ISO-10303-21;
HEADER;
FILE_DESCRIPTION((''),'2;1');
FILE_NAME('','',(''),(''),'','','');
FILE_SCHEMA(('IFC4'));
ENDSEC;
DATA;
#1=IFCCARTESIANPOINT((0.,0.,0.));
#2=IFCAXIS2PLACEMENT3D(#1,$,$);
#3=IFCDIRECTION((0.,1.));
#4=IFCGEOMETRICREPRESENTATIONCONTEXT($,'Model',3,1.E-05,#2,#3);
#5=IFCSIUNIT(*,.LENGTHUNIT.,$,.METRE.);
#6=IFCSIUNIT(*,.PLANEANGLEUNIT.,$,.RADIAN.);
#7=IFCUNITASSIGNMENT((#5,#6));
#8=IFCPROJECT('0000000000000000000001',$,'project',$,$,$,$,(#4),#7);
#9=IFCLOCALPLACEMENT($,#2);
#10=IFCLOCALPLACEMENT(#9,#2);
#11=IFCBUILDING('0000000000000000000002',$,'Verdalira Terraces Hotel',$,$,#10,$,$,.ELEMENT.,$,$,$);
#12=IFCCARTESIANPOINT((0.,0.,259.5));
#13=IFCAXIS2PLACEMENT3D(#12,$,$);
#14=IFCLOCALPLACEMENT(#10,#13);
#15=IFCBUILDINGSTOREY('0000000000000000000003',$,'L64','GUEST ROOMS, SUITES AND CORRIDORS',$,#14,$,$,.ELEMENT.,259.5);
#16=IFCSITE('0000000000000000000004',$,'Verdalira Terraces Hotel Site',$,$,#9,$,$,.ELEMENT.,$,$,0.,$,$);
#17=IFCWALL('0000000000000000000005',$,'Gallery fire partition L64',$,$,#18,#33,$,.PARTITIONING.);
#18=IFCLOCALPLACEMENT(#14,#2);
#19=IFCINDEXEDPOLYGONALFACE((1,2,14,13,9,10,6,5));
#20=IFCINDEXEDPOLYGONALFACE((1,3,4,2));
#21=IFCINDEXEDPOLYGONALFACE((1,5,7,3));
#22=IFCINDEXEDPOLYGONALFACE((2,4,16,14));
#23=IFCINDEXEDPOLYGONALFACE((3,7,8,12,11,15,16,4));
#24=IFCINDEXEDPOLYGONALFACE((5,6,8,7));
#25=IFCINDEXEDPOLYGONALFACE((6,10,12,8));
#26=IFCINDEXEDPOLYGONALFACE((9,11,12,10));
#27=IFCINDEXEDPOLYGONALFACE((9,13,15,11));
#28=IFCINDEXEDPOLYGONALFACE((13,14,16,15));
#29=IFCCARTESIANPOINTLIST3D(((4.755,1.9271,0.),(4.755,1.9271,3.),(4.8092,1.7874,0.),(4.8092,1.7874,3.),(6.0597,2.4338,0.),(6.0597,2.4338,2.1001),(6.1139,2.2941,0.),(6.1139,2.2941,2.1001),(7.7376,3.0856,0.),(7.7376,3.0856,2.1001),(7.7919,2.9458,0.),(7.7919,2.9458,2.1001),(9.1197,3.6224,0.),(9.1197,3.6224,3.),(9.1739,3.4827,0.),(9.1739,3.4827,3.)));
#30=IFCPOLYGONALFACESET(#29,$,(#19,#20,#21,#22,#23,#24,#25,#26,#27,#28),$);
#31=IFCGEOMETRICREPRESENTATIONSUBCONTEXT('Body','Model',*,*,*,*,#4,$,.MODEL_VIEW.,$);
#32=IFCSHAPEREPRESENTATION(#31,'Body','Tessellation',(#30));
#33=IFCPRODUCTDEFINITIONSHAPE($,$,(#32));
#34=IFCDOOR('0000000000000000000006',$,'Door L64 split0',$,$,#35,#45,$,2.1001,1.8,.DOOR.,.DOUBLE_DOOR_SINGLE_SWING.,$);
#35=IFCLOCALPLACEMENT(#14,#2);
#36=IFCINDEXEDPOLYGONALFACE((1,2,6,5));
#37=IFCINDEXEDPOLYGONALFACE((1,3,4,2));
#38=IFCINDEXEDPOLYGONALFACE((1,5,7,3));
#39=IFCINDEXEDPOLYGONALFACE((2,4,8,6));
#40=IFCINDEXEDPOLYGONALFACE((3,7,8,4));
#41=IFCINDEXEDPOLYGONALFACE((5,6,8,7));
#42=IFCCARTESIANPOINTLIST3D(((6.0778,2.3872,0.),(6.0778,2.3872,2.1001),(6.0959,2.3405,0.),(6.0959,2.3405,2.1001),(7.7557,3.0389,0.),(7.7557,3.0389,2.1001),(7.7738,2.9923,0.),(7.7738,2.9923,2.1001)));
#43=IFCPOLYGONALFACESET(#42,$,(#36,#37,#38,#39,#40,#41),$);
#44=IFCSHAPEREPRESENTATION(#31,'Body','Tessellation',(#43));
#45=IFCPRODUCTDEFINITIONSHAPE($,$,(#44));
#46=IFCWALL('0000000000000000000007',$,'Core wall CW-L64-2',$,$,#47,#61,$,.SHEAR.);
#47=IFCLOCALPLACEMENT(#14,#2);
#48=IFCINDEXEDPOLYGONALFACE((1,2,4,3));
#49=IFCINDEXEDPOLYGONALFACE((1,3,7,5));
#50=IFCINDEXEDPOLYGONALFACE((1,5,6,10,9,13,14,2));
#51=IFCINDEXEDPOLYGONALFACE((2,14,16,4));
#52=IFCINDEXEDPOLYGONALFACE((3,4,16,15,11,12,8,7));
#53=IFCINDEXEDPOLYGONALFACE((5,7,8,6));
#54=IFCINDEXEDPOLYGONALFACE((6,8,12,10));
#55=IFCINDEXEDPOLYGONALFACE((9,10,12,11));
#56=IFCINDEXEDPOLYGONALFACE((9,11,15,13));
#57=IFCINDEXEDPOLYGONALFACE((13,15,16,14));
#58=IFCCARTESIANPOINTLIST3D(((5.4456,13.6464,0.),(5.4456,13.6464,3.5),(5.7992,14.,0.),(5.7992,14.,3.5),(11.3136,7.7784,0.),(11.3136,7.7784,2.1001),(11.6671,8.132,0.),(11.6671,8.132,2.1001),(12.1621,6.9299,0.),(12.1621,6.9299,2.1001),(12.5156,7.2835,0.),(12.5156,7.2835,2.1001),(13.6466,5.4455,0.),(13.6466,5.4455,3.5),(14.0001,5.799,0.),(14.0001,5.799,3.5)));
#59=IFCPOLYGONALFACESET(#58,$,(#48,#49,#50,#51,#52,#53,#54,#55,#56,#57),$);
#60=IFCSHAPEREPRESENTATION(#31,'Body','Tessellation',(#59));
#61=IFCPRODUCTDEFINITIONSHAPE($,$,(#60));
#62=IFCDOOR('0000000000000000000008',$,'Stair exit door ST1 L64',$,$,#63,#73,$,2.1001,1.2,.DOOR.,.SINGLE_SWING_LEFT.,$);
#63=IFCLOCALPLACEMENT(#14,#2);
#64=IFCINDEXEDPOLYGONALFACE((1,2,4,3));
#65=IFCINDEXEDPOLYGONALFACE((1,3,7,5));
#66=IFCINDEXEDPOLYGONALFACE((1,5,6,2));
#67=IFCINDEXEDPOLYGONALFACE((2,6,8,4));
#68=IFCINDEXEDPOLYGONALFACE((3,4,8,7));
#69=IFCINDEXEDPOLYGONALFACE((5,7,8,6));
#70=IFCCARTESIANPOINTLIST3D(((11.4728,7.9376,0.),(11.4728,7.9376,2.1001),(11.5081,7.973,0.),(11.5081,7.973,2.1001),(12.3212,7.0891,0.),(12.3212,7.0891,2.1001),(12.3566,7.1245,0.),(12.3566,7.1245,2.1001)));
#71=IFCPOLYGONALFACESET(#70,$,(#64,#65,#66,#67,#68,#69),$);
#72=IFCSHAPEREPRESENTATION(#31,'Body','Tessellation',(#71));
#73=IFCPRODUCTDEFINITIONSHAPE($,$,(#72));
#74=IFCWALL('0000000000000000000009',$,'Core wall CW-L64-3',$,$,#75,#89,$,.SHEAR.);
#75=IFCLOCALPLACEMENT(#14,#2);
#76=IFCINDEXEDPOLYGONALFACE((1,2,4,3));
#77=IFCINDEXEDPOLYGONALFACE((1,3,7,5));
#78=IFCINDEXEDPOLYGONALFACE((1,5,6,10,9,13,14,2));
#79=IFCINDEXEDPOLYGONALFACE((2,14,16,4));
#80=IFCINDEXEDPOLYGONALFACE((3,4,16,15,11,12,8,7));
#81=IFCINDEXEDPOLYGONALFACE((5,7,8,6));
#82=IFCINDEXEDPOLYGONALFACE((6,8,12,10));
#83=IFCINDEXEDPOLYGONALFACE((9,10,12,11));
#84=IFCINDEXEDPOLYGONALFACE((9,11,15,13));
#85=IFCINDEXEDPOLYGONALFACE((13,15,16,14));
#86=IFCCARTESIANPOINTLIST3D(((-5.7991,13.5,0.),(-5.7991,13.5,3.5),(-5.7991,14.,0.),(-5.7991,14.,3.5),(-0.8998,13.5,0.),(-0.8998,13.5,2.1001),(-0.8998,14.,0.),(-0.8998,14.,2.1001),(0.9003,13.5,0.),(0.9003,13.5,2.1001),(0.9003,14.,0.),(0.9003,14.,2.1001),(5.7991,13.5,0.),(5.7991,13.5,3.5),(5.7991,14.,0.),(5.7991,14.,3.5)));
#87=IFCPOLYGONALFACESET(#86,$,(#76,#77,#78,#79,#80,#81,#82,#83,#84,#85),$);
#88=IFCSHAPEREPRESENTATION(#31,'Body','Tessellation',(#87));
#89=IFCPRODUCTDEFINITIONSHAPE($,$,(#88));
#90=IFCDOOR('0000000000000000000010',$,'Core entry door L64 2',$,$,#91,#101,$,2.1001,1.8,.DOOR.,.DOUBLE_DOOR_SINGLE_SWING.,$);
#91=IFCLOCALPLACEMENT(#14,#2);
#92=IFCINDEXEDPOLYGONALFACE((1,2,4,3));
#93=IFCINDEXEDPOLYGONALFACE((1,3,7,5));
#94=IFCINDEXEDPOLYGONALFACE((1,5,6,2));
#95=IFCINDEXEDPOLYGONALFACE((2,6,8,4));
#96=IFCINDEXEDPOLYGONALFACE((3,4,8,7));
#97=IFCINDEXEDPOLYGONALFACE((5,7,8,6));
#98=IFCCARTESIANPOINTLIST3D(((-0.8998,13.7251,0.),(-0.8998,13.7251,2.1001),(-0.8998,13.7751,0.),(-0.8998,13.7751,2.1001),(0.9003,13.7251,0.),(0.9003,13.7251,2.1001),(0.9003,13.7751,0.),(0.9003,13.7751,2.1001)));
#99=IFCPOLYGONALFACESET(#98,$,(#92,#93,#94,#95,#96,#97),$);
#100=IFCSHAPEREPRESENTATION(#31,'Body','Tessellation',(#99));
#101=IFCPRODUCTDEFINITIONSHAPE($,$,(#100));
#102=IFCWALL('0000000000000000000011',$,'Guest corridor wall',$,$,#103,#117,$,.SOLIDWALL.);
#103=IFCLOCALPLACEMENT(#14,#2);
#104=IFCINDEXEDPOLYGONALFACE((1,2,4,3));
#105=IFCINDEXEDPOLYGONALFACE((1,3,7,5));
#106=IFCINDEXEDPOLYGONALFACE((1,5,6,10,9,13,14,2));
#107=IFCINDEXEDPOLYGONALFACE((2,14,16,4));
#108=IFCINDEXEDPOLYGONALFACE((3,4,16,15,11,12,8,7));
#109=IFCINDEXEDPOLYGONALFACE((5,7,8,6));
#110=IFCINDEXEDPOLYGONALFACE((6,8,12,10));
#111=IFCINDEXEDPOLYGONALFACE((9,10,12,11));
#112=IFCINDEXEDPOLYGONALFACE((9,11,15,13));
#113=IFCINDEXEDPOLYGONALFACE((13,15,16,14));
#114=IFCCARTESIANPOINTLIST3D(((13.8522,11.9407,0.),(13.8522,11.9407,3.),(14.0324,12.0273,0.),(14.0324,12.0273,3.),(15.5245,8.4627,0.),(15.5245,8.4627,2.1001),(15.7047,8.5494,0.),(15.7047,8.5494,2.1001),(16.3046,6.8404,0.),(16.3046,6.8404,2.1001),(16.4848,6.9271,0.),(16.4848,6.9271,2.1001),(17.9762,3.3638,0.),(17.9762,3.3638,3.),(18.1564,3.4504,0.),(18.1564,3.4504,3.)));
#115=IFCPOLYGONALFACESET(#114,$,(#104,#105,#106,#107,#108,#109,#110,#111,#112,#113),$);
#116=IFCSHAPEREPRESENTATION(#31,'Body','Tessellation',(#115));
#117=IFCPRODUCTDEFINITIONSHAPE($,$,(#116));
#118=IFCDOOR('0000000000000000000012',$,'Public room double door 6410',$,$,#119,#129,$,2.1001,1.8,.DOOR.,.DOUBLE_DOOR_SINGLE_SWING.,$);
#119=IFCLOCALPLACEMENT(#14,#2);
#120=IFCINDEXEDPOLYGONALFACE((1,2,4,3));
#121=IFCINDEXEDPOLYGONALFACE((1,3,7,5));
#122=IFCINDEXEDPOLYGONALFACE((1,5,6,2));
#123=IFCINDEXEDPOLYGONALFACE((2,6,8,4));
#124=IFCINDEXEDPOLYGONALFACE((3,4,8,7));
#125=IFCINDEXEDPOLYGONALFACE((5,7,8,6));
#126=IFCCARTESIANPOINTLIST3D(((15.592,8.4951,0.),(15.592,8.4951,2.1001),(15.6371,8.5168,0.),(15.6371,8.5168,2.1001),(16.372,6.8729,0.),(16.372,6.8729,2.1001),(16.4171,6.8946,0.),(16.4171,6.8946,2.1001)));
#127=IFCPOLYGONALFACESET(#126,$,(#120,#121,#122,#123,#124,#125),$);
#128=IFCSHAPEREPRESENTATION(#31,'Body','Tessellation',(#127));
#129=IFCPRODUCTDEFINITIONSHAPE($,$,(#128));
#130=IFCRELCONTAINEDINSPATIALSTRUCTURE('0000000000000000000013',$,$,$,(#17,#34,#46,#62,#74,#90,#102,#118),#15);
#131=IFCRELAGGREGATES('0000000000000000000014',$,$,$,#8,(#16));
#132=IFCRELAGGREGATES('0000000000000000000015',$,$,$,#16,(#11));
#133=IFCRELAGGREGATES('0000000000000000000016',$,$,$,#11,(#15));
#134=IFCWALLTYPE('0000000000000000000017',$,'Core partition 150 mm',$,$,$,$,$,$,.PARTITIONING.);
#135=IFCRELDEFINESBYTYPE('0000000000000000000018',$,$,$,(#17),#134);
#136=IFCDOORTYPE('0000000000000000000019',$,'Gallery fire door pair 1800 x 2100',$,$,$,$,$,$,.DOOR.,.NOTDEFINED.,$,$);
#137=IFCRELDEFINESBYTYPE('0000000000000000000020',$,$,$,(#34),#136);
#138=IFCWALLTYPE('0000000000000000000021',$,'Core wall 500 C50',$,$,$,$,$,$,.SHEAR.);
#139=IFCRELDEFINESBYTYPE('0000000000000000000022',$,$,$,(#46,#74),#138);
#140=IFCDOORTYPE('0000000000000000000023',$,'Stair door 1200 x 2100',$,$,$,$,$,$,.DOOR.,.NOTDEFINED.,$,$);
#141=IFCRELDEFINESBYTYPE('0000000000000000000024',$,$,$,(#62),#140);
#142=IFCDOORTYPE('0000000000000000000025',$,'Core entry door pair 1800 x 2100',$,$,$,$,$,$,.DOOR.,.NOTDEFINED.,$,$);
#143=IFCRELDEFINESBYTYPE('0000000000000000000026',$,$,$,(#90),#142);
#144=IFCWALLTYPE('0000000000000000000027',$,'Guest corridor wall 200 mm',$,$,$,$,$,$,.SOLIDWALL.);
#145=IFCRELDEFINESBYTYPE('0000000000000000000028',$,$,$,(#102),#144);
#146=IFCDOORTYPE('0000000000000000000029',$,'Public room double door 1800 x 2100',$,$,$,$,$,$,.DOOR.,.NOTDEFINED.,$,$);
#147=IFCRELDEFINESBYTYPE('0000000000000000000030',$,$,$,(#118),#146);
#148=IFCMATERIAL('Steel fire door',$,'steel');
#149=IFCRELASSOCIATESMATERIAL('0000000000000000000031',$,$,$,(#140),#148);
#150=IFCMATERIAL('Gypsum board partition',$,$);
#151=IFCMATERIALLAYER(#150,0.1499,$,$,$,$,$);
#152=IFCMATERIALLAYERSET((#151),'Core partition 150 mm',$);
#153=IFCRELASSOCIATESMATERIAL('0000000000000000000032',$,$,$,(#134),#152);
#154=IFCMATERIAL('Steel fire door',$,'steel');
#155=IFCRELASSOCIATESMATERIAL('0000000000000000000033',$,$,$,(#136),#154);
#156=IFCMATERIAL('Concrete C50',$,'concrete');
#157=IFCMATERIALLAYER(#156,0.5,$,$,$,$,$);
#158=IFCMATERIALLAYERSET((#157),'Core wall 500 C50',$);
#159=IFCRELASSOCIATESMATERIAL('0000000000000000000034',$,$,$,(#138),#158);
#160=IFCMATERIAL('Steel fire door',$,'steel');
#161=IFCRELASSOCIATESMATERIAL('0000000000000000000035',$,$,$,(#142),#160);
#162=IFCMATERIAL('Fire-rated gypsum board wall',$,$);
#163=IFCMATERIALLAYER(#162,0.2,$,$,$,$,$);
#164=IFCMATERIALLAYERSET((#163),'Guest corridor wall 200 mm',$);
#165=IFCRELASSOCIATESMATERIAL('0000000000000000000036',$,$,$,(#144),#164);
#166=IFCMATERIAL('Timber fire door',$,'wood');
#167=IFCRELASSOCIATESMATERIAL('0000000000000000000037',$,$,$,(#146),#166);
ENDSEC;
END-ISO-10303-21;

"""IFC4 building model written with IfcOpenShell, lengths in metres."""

from ifc_helpers import new_model, si_unit, direction, frame, frame_2d, origin, place, context, subcontext, project, spatial, rectangle, extrude, material, layer, layer_set, type_object, element, fill, save


model = new_model("IFC4")

# Units and contexts
model_context = context("Model", 3, precision=1e-05, world=origin(), true_north=direction((0.0, 1.0)))
body_context = subcontext(model_context, "Body", "Model", "MODEL_VIEW")
ifc_project = project(units=[si_unit("LENGTHUNIT", "METRE"), si_unit("PLANEANGLEUNIT", "RADIAN")], contexts=[model_context])

# Site, building, storey
site_placement = place(None, origin())
site = spatial("IfcSite", under=ifc_project, at=site_placement, Name="Verdalira Terraces Hotel Site", CompositionType="ELEMENT", RefElevation=0.0)
building_placement = place(site_placement, origin())
building = spatial("IfcBuilding", under=site, at=building_placement, Name="Verdalira Terraces Hotel", CompositionType="ELEMENT")
storey_placement = place(building_placement, frame((0.0, 0.0, 259.5)))
storey = spatial("IfcBuildingStorey", under=building, at=storey_placement, Name="L64", Description="GUEST ROOMS, SUITES AND CORRIDORS", CompositionType="ELEMENT", Elevation=259.5)

# Shared definitions
ifc_material_1 = material(Name="Steel fire door", Category="steel")
door_type_1 = type_object("IfcDoorType", Name="Stair door 1200 x 2100", OperationType="NOTDEFINED", PredefinedType="DOOR", material=ifc_material_1)

# Walls, openings, doors
ifc_material_2 = material(Name="Gypsum board partition")
ifc_layer_1 = layer(ifc_material_2, 0.1499)
ifc_layer_set_1 = layer_set([ifc_layer_1], Name="Core partition 150 mm")
wall_type_1 = type_object("IfcWallType", Name="Core partition 150 mm", PredefinedType="PARTITIONING", material=ifc_layer_set_1)
wall_1_placement = place(storey_placement, frame((4.782, 1.8572, 0.0), z_axis=(0.0, 0.0, 1.0), x_axis=(0.932155, 0.362059, 0.0)))
wall_1 = element("IfcWall", 1, at=wall_1_placement, inside=storey, type_object=wall_type_1, Name="Gallery fire partition L64", PredefinedType="PARTITIONING", context=body_context, shape_type="SweptSolid", body=[
    extrude(rectangle(XDim=4.6824, YDim=0.1499, at=frame_2d((2.3413, 0.0))), origin(), (0.0, 0.0, 1.0), 3.0),
])
opening_1_placement = place(wall_1_placement, frame((1.3999, 0.0, 0.0)))
opening_1 = element("IfcOpeningElement", 2, at=opening_1_placement, cuts=wall_1, PredefinedType="OPENING", context=body_context, shape_type="SweptSolid", body=[
    extrude(rectangle(XDim=1.8, YDim=2.1001, at=frame_2d((0.8999, 1.05))), frame((0.0, 0.085, 0.0), z_axis=(0.0, -1.0, 0.0), x_axis=(1.0, 0.0, 0.0)), (0.0, 0.0, 1.0), 0.1699),
])
ifc_material_3 = material(Name="Steel fire door", Category="steel")
door_type_2 = type_object("IfcDoorType", Name="Gallery fire door pair 1800 x 2100", OperationType="NOTDEFINED", PredefinedType="DOOR", material=ifc_material_3)
door_1_placement = place(opening_1_placement, origin())
door_1 = element("IfcDoor", 3, at=door_1_placement, inside=storey, type_object=door_type_2, Name="Door L64 split0", OperationType="DOUBLE_DOOR_SINGLE_SWING", OverallHeight=2.1001, OverallWidth=1.8, PredefinedType="DOOR", context=body_context, shape_type="SweptSolid", body=[
    extrude(rectangle(XDim=1.8, YDim=2.1001, at=frame_2d((0.8999, 1.05))), frame((0.0, 0.0249, 0.0), z_axis=(0.0, -1.0, 0.0), x_axis=(1.0, 0.0, 0.0)), (0.0, 0.0, 1.0), 0.05),
])
fill(opening_1, door_1)
ifc_material_4 = material(Name="Concrete C50", Category="concrete")
ifc_layer_2 = layer(ifc_material_4, 0.5)
ifc_layer_set_2 = layer_set([ifc_layer_2], Name="Core wall 500 C50")
wall_type_2 = type_object("IfcWallType", Name="Core wall 500 C50", PredefinedType="SHEAR", material=ifc_layer_set_2)
wall_2_placement = place(storey_placement, frame((13.8232, 5.6223, 0.0), z_axis=(0.0, 0.0, 1.0), x_axis=(-0.707107, 0.707107, 0.0)))
wall_2 = element("IfcWall", 4, at=wall_2_placement, inside=storey, type_object=wall_type_2, Name="Core wall CW-L64-2", PredefinedType="SHEAR", context=body_context, shape_type="SweptSolid", body=[
    extrude(rectangle(XDim=11.5979, YDim=0.5, at=frame_2d((5.7988, 0.0))), origin(), (0.0, 0.0, 1.0), 3.5),
])
opening_2_placement = place(wall_2_placement, frame((2.0991, 0.0, 0.0)))
opening_2 = element("IfcOpeningElement", 5, at=opening_2_placement, cuts=wall_2, PredefinedType="OPENING", context=body_context, shape_type="SweptSolid", body=[
    extrude(rectangle(XDim=1.2, YDim=2.1001, at=frame_2d((0.6001, 1.05))), frame((0.0, 0.26, 0.0), z_axis=(0.0, -1.0, 0.0), x_axis=(1.0, 0.0, 0.0)), (0.0, 0.0, 1.0), 0.52),
])
door_2_placement = place(opening_2_placement, origin())
door_2 = element("IfcDoor", 6, at=door_2_placement, inside=storey, type_object=door_type_1, Name="Stair exit door ST1 L64", OperationType="SINGLE_SWING_LEFT", OverallHeight=2.1001, OverallWidth=1.2, PredefinedType="DOOR", context=body_context, shape_type="SweptSolid", body=[
    extrude(rectangle(XDim=1.2, YDim=2.1001, at=frame_2d((0.6001, 1.05))), frame((0.0, 0.0249, 0.0), z_axis=(0.0, -1.0, 0.0), x_axis=(1.0, 0.0, 0.0)), (0.0, 0.0, 1.0), 0.05),
])
fill(opening_2, door_2)
wall_3_placement = place(storey_placement, frame((5.7991, 13.75, 0.0), z_axis=(0.0, 0.0, 1.0), x_axis=(-1.0, 0.0, 0.0)))
wall_3 = element("IfcWall", 7, at=wall_3_placement, inside=storey, type_object=wall_type_2, Name="Core wall CW-L64-3", PredefinedType="SHEAR", context=body_context, shape_type="SweptSolid", body=[
    extrude(rectangle(XDim=11.5981, YDim=0.5, at=frame_2d((5.7991, 0.0))), origin(), (0.0, 0.0, 1.0), 3.5),
])
opening_3_placement = place(wall_3_placement, frame((4.8989, 0.0, 0.0)))
opening_3 = element("IfcOpeningElement", 8, at=opening_3_placement, cuts=wall_3, PredefinedType="OPENING", context=body_context, shape_type="SweptSolid", body=[
    extrude(rectangle(XDim=1.8, YDim=2.1001, at=frame_2d((0.8999, 1.05))), frame((0.0, 0.26, 0.0), z_axis=(0.0, -1.0, 0.0), x_axis=(1.0, 0.0, 0.0)), (0.0, 0.0, 1.0), 0.52),
])
ifc_material_5 = material(Name="Steel fire door", Category="steel")
door_type_3 = type_object("IfcDoorType", Name="Core entry door pair 1800 x 2100", OperationType="NOTDEFINED", PredefinedType="DOOR", material=ifc_material_5)
door_3_placement = place(opening_3_placement, origin())
door_3 = element("IfcDoor", 9, at=door_3_placement, inside=storey, type_object=door_type_3, Name="Core entry door L64 2", OperationType="DOUBLE_DOOR_SINGLE_SWING", OverallHeight=2.1001, OverallWidth=1.8, PredefinedType="DOOR", context=body_context, shape_type="SweptSolid", body=[
    extrude(rectangle(XDim=1.8, YDim=2.1001, at=frame_2d((0.8999, 1.05))), frame((0.0, 0.0249, 0.0), z_axis=(0.0, -1.0, 0.0), x_axis=(1.0, 0.0, 0.0)), (0.0, 0.0, 1.0), 0.05),
])
fill(opening_3, door_3)
ifc_material_6 = material(Name="Fire-rated gypsum board wall")
ifc_layer_3 = layer(ifc_material_6, 0.2)
ifc_layer_set_3 = layer_set([ifc_layer_3], Name="Guest corridor wall 200 mm")
wall_type_3 = type_object("IfcWallType", Name="Guest corridor wall 200 mm", PredefinedType="SOLIDWALL", material=ifc_layer_set_3)
wall_4_placement = place(storey_placement, frame((13.9424, 11.9839, 0.0), z_axis=(0.0, 0.0, 1.0), x_axis=(0.433338, -0.901231, 0.0)))
wall_4 = element("IfcWall", 10, at=wall_4_placement, inside=storey, type_object=wall_type_3, Name="Guest corridor wall", PredefinedType="SOLIDWALL", context=body_context, shape_type="SweptSolid", body=[
    extrude(rectangle(XDim=9.5168, YDim=0.2, at=frame_2d((4.7583, 0.0))), origin(), (0.0, 0.0, 1.0), 3.0),
])
opening_4_placement = place(wall_4_placement, frame((3.8591, 0.0, 0.0)))
opening_4 = element("IfcOpeningElement", 11, at=opening_4_placement, cuts=wall_4, PredefinedType="OPENING", context=body_context, shape_type="SweptSolid", body=[
    extrude(rectangle(XDim=1.8, YDim=2.1001, at=frame_2d((0.8999, 1.05))), frame((0.0, 0.1099, 0.0), z_axis=(0.0, -1.0, 0.0), x_axis=(1.0, 0.0, 0.0)), (0.0, 0.0, 1.0), 0.22),
])
ifc_material_7 = material(Name="Timber fire door", Category="wood")
door_type_4 = type_object("IfcDoorType", Name="Public room double door 1800 x 2100", OperationType="NOTDEFINED", PredefinedType="DOOR", material=ifc_material_7)
door_4_placement = place(opening_4_placement, origin())
door_4 = element("IfcDoor", 12, at=door_4_placement, inside=storey, type_object=door_type_4, Name="Public room double door 6410", OperationType="DOUBLE_DOOR_SINGLE_SWING", OverallHeight=2.1001, OverallWidth=1.8, PredefinedType="DOOR", context=body_context, shape_type="SweptSolid", body=[
    extrude(rectangle(XDim=1.8, YDim=2.1001, at=frame_2d((0.8999, 1.05))), frame((0.0, 0.0249, 0.0), z_axis=(0.0, -1.0, 0.0), x_axis=(1.0, 0.0, 0.0)), (0.0, 0.0, 1.0), 0.05),
])
fill(opening_4, door_4)

save(model, "model.ifc")
